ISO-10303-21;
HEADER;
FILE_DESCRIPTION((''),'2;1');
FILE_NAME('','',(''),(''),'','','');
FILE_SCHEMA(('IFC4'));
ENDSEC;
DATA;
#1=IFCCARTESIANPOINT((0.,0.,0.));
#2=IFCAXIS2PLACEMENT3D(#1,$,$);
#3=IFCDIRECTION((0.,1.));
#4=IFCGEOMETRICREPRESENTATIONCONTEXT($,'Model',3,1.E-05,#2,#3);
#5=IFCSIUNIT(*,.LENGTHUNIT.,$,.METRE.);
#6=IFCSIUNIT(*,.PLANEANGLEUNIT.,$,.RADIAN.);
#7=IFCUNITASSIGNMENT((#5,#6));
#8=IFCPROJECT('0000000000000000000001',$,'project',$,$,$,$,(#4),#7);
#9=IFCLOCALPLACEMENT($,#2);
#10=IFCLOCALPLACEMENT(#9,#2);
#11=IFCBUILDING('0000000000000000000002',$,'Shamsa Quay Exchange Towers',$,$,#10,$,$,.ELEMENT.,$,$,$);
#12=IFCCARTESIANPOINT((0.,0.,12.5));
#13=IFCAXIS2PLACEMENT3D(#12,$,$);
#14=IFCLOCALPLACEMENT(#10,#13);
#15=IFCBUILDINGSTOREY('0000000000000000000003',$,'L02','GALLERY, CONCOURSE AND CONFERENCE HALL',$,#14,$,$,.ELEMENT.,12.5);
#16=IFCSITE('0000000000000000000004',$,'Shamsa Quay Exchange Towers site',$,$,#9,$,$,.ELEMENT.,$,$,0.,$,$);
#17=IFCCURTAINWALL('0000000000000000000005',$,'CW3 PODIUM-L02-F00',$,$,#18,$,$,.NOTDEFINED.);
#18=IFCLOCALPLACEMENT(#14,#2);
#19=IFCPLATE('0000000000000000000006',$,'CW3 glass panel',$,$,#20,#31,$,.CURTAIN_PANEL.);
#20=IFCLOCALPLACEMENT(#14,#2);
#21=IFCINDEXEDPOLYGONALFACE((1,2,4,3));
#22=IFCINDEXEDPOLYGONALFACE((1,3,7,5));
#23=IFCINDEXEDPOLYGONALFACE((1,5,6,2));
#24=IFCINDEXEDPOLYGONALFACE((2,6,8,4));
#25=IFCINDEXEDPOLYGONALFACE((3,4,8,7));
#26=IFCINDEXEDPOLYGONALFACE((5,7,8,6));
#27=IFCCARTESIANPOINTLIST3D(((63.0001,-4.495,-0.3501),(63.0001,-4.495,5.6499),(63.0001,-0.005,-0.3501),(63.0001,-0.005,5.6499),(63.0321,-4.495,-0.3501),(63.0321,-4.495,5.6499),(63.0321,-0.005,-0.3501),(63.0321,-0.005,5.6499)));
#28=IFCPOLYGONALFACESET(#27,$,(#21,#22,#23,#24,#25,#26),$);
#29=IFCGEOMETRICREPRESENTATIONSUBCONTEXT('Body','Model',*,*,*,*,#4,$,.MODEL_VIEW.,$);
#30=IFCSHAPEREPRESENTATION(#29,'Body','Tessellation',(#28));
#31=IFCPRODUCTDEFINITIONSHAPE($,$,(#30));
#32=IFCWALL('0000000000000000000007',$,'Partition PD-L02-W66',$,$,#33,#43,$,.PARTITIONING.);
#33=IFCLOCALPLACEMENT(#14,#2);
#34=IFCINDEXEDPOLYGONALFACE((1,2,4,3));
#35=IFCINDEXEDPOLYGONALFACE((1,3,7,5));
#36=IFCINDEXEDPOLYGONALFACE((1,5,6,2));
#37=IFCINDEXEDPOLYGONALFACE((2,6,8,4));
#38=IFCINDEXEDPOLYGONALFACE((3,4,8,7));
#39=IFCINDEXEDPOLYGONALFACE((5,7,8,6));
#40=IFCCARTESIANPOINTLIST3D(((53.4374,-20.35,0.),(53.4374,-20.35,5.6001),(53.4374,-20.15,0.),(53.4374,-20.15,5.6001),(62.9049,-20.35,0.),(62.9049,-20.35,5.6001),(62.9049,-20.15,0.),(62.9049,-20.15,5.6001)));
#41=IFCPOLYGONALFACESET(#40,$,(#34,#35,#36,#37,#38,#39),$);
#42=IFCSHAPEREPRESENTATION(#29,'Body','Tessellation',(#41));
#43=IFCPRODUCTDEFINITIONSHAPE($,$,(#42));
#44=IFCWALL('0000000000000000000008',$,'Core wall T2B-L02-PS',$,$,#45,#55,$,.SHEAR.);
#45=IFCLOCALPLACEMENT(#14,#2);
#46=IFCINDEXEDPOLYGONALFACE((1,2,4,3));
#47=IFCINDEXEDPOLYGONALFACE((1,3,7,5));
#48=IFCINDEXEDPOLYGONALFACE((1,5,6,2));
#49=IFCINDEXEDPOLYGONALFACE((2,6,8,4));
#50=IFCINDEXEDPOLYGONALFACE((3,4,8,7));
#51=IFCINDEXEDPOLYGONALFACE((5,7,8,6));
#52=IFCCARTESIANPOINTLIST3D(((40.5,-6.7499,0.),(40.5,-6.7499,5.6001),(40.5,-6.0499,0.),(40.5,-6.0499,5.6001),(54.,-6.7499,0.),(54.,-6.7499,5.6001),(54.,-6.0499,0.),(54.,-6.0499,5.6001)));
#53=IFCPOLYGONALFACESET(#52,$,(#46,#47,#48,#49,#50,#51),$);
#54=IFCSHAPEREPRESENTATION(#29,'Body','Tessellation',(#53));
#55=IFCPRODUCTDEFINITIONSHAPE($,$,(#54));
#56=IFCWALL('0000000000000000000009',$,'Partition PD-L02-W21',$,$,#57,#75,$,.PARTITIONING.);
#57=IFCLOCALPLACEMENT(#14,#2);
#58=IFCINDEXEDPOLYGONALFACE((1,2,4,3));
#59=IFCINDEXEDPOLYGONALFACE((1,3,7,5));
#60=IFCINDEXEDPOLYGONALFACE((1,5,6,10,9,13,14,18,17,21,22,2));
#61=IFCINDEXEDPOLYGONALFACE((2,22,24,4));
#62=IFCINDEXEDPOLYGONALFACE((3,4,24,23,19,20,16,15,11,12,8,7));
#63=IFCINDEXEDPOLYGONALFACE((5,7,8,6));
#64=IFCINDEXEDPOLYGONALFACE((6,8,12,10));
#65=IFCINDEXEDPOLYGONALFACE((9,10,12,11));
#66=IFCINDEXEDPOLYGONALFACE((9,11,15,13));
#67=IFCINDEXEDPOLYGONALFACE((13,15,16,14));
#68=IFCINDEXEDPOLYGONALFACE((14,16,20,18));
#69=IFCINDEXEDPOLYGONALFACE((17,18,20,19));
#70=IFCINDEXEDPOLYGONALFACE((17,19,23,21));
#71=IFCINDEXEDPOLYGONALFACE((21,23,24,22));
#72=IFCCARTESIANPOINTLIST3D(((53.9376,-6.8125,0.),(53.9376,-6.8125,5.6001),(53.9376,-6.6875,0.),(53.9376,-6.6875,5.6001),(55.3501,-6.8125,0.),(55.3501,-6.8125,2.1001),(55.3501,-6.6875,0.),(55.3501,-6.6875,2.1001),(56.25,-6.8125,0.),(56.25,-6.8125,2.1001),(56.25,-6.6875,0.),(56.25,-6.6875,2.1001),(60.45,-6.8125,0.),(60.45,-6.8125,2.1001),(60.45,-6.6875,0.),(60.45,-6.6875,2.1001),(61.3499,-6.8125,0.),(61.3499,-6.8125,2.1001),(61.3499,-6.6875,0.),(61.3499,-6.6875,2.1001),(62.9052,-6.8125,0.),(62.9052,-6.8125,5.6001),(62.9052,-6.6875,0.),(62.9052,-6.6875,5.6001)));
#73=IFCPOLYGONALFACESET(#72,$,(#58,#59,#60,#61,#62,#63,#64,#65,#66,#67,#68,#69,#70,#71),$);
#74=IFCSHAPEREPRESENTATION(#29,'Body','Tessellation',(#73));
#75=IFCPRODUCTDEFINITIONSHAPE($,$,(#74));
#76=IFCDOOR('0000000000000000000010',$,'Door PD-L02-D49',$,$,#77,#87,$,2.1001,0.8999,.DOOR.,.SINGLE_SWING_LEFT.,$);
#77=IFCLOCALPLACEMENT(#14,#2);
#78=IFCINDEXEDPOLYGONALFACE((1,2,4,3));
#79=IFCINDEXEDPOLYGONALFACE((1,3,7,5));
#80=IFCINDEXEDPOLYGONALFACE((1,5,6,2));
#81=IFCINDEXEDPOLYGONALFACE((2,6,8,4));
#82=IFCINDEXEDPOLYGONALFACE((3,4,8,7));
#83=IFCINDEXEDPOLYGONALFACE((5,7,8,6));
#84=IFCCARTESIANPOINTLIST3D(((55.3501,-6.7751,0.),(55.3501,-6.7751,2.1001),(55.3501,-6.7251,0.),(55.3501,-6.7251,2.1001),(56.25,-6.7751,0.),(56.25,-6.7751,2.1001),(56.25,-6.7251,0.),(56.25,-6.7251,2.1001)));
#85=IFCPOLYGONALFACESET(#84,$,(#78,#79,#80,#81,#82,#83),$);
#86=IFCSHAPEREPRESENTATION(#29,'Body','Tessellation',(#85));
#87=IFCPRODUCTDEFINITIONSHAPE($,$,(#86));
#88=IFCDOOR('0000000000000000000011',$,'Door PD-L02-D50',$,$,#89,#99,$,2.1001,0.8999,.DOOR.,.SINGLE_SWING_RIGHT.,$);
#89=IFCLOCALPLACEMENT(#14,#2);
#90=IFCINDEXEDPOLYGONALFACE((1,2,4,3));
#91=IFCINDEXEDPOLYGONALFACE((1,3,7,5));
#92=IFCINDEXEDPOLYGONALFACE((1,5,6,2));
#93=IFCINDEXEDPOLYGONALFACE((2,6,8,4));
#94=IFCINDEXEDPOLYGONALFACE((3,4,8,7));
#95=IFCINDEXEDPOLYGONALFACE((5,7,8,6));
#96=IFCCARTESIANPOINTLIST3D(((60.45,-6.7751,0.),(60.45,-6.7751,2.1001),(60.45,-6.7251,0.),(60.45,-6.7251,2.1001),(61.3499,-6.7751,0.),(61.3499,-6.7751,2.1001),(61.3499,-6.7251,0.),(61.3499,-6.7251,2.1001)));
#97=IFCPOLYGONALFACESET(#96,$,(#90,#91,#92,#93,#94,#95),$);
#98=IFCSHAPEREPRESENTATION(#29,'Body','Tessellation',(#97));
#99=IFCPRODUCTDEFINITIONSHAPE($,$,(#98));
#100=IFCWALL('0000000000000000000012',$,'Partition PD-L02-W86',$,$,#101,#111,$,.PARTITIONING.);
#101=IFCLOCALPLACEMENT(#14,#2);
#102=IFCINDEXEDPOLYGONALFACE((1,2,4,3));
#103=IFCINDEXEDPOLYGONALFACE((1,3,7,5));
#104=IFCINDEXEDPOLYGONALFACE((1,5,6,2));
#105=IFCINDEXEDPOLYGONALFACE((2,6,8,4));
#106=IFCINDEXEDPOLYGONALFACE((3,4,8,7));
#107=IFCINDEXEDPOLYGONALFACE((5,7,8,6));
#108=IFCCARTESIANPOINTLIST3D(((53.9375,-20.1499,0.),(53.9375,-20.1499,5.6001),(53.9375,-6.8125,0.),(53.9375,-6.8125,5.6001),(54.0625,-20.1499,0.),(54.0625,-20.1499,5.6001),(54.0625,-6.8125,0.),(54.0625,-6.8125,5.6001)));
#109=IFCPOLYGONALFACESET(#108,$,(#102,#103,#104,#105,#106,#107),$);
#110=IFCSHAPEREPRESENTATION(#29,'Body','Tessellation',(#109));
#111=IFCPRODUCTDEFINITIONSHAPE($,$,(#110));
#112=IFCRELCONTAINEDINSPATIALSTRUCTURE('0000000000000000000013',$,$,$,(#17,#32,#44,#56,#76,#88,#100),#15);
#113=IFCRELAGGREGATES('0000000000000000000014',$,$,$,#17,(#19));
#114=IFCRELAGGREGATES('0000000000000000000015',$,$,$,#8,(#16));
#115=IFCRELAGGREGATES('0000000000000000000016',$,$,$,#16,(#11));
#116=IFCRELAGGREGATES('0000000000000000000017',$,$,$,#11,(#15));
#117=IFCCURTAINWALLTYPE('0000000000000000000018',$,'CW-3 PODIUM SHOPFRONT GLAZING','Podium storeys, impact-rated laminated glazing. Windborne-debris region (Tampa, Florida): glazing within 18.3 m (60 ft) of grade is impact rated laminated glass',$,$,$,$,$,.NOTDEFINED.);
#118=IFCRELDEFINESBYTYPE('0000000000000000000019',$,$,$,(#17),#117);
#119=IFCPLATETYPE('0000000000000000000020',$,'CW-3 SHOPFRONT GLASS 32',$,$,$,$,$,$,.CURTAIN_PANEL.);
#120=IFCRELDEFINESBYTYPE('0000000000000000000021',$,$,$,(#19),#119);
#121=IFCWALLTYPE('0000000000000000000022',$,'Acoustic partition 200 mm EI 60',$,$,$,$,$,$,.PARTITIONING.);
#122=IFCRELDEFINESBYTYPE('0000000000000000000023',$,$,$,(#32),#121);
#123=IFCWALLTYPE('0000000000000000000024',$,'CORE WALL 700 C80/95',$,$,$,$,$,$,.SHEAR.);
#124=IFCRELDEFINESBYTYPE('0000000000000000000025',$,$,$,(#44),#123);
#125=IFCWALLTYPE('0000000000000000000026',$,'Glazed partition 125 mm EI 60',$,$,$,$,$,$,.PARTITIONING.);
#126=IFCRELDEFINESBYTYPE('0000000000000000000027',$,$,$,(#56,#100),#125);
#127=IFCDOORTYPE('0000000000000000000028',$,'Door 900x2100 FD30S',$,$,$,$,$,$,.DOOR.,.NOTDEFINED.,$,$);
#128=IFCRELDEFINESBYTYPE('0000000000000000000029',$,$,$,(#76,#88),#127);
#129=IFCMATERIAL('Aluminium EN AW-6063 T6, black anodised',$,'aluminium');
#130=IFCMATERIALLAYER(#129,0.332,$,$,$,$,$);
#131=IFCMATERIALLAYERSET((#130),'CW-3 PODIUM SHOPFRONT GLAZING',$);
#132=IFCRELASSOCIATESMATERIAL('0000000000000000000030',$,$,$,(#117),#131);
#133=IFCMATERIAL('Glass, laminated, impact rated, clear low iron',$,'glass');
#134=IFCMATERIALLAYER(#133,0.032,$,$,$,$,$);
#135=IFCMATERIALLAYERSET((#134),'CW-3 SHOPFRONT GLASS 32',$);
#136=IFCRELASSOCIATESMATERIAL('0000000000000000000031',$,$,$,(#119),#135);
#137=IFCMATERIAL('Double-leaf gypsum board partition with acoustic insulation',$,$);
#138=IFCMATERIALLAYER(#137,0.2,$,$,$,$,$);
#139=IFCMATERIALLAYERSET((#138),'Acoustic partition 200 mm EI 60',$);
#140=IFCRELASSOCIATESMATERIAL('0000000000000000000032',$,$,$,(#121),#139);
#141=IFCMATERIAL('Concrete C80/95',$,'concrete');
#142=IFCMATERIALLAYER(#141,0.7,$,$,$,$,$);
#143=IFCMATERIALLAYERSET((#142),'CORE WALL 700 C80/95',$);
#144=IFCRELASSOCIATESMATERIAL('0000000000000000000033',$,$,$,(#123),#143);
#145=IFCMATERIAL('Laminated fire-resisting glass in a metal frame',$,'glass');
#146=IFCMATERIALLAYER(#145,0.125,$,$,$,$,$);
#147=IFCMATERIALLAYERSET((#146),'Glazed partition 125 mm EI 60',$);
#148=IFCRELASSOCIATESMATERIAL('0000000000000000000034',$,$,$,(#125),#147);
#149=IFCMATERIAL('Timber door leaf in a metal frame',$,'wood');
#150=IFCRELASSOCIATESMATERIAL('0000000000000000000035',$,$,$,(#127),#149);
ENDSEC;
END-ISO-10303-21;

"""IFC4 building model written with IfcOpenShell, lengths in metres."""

from ifc_helpers import new_model, si_unit, direction, frame, frame_2d, origin, origin_2d, place, context, subcontext, project, spatial, rectangle, extrude, material, layer, layer_set, type_object, element, fill, aggregate, save


model = new_model("IFC4")

# Units and contexts
model_context = context("Model", 3, precision=1e-05, world=origin(), true_north=direction((0.0, 1.0)))
body_context = subcontext(model_context, "Body", "Model", "MODEL_VIEW")
ifc_project = project(units=[si_unit("LENGTHUNIT", "METRE"), si_unit("PLANEANGLEUNIT", "RADIAN")], contexts=[model_context])

# Site, building, storey
site_placement = place(None, origin())
site = spatial("IfcSite", under=ifc_project, at=site_placement, Name="Shamsa Quay Exchange Towers site", CompositionType="ELEMENT", RefElevation=0.0)
building_placement = place(site_placement, origin())
building = spatial("IfcBuilding", under=site, at=building_placement, Name="Shamsa Quay Exchange Towers", CompositionType="ELEMENT")
storey_placement = place(building_placement, frame((0.0, 0.0, 12.5)))
storey = spatial("IfcBuildingStorey", under=building, at=storey_placement, Name="L02", Description="GALLERY, CONCOURSE AND CONFERENCE HALL", CompositionType="ELEMENT", Elevation=12.5)

# Curtain wall, plate
ifc_material_1 = material(Name="Aluminium EN AW-6063 T6, black anodised", Category="aluminium")
ifc_layer_1 = layer(ifc_material_1, 0.332)
ifc_layer_set_1 = layer_set([ifc_layer_1], Name="CW-3 PODIUM SHOPFRONT GLAZING")
curtain_wall_type = type_object("IfcCurtainWallType", Name="CW-3 PODIUM SHOPFRONT GLAZING", Description="Podium storeys, impact-rated laminated glazing. Windborne-debris region (Tampa, Florida): glazing within 18.3 m (60 ft) of grade is impact rated laminated glass", PredefinedType="NOTDEFINED", material=ifc_layer_set_1)
curtain_wall_placement = place(storey_placement, origin())
curtain_wall = element("IfcCurtainWall", 1, at=curtain_wall_placement, inside=storey, type_object=curtain_wall_type, Name="CW3 PODIUM-L02-F00", PredefinedType="NOTDEFINED")
ifc_material_2 = material(Name="Glass, laminated, impact rated, clear low iron", Category="glass")
ifc_layer_2 = layer(ifc_material_2, 0.032)
ifc_layer_set_2 = layer_set([ifc_layer_2], Name="CW-3 SHOPFRONT GLASS 32")
plate_type = type_object("IfcPlateType", Name="CW-3 SHOPFRONT GLASS 32", PredefinedType="CURTAIN_PANEL", material=ifc_layer_set_2)
plate_1_placement = place(storey_placement, frame((63.0161, -2.25, -0.3501), z_axis=(0.0, 0.0, 1.0), x_axis=(0.0, 1.0, 0.0)))
plate_1 = element("IfcPlate", 2, at=plate_1_placement, type_object=plate_type, Name="CW3 glass panel", PredefinedType="CURTAIN_PANEL", context=body_context, shape_type="SweptSolid", body=[
    extrude(rectangle(XDim=4.49, YDim=0.032, at=origin_2d()), origin(), (0.0, 0.0, 1.0), 6.0),
])
aggregate(curtain_wall, [plate_1])

# Walls
ifc_material_3 = material(Name="Double-leaf gypsum board partition with acoustic insulation")
ifc_layer_3 = layer(ifc_material_3, 0.2)
ifc_layer_set_3 = layer_set([ifc_layer_3], Name="Acoustic partition 200 mm EI 60")
wall_type_1 = type_object("IfcWallType", Name="Acoustic partition 200 mm EI 60", PredefinedType="PARTITIONING", material=ifc_layer_set_3)
wall_1_placement = place(storey_placement, frame((62.905, -20.25, 0.0), z_axis=(0.0, 0.0, 1.0), x_axis=(-1.0, 0.0, 0.0)))
element("IfcWall", 3, at=wall_1_placement, inside=storey, type_object=wall_type_1, Name="Partition PD-L02-W66", PredefinedType="PARTITIONING", context=body_context, shape_type="SweptSolid", body=[
    extrude(rectangle(XDim=9.4675, YDim=0.2, at=frame_2d((4.7339, 0.0))), origin(), (0.0, 0.0, 1.0), 5.6001),
])
ifc_material_4 = material(Name="Concrete C80/95", Category="concrete")
ifc_layer_4 = layer(ifc_material_4, 0.7)
ifc_layer_set_4 = layer_set([ifc_layer_4], Name="CORE WALL 700 C80/95")
wall_type_2 = type_object("IfcWallType", Name="CORE WALL 700 C80/95", PredefinedType="SHEAR", material=ifc_layer_set_4)
wall_2_placement = place(storey_placement, frame((54.0, -6.3999, 0.0), z_axis=(0.0, 0.0, 1.0), x_axis=(-1.0, 0.0, 0.0)))
element("IfcWall", 4, at=wall_2_placement, inside=storey, type_object=wall_type_2, Name="Core wall T2B-L02-PS", PredefinedType="SHEAR", context=body_context, shape_type="SweptSolid", body=[
    extrude(rectangle(XDim=13.5, YDim=0.7, at=frame_2d((6.75, 0.0))), origin(), (0.0, 0.0, 1.0), 5.6001),
])

# Wall, openings, doors
ifc_material_5 = material(Name="Laminated fire-resisting glass in a metal frame", Category="glass")
ifc_layer_5 = layer(ifc_material_5, 0.125)
ifc_layer_set_5 = layer_set([ifc_layer_5], Name="Glazed partition 125 mm EI 60")
wall_type_3 = type_object("IfcWallType", Name="Glazed partition 125 mm EI 60", PredefinedType="PARTITIONING", material=ifc_layer_set_5)
wall_3_placement = place(storey_placement, frame((53.9375, -6.75, 0.0)))
wall_3 = element("IfcWall", 5, at=wall_3_placement, inside=storey, type_object=wall_type_3, Name="Partition PD-L02-W21", PredefinedType="PARTITIONING", context=body_context, shape_type="SweptSolid", body=[
    extrude(rectangle(XDim=8.9675, YDim=0.125, at=frame_2d((4.4839, 0.0))), origin(), (0.0, 0.0, 1.0), 5.6001),
])
opening_1_placement = place(wall_3_placement, frame((1.4126, 0.0, 0.0)))
opening_1 = element("IfcOpeningElement", 6, at=opening_1_placement, cuts=wall_3, PredefinedType="OPENING", context=body_context, shape_type="SweptSolid", body=[
    extrude(rectangle(XDim=0.8999, YDim=2.1001, at=frame_2d((0.45, 1.05))), frame((0.0, 0.0725, 0.0), z_axis=(0.0, -1.0, 0.0), x_axis=(1.0, 0.0, 0.0)), (0.0, 0.0, 1.0), 0.145),
])
opening_2_placement = place(wall_3_placement, frame((6.5125, 0.0, 0.0)))
opening_2 = element("IfcOpeningElement", 7, at=opening_2_placement, cuts=wall_3, PredefinedType="OPENING", context=body_context, shape_type="SweptSolid", body=[
    extrude(rectangle(XDim=0.8999, YDim=2.1001, at=frame_2d((0.45, 1.05))), frame((0.0, 0.0725, 0.0), z_axis=(0.0, -1.0, 0.0), x_axis=(1.0, 0.0, 0.0)), (0.0, 0.0, 1.0), 0.145),
])
ifc_material_6 = material(Name="Timber door leaf in a metal frame", Category="wood")
door_type = type_object("IfcDoorType", Name="Door 900x2100 FD30S", OperationType="NOTDEFINED", PredefinedType="DOOR", material=ifc_material_6)
door_1_placement = place(opening_1_placement, origin())
door_1 = element("IfcDoor", 8, at=door_1_placement, inside=storey, type_object=door_type, Name="Door PD-L02-D49", OperationType="SINGLE_SWING_LEFT", OverallHeight=2.1001, OverallWidth=0.8999, PredefinedType="DOOR", context=body_context, shape_type="SweptSolid", body=[
    extrude(rectangle(XDim=0.8999, YDim=2.1001, at=frame_2d((0.45, 1.05))), frame((0.0, 0.0249, 0.0), z_axis=(0.0, -1.0, 0.0), x_axis=(1.0, 0.0, 0.0)), (0.0, 0.0, 1.0), 0.05),
])
fill(opening_1, door_1)
door_2_placement = place(opening_2_placement, origin())
door_2 = element("IfcDoor", 9, at=door_2_placement, inside=storey, type_object=door_type, Name="Door PD-L02-D50", OperationType="SINGLE_SWING_RIGHT", OverallHeight=2.1001, OverallWidth=0.8999, PredefinedType="DOOR", context=body_context, shape_type="SweptSolid", body=[
    extrude(rectangle(XDim=0.8999, YDim=2.1001, at=frame_2d((0.45, 1.05))), frame((0.0, 0.0249, 0.0), z_axis=(0.0, -1.0, 0.0), x_axis=(1.0, 0.0, 0.0)), (0.0, 0.0, 1.0), 0.05),
])
fill(opening_2, door_2)

# Wall
wall_4_placement = place(storey_placement, frame((54.0, -6.8125, 0.0), z_axis=(0.0, 0.0, 1.0), x_axis=(0.0, -1.0, 0.0)))
element("IfcWall", 10, at=wall_4_placement, inside=storey, type_object=wall_type_3, Name="Partition PD-L02-W86", PredefinedType="PARTITIONING", context=body_context, shape_type="SweptSolid", body=[
    extrude(rectangle(XDim=13.3374, YDim=0.125, at=frame_2d((6.6687, 0.0))), origin(), (0.0, 0.0, 1.0), 5.6001),
])

save(model, "model.ifc")
